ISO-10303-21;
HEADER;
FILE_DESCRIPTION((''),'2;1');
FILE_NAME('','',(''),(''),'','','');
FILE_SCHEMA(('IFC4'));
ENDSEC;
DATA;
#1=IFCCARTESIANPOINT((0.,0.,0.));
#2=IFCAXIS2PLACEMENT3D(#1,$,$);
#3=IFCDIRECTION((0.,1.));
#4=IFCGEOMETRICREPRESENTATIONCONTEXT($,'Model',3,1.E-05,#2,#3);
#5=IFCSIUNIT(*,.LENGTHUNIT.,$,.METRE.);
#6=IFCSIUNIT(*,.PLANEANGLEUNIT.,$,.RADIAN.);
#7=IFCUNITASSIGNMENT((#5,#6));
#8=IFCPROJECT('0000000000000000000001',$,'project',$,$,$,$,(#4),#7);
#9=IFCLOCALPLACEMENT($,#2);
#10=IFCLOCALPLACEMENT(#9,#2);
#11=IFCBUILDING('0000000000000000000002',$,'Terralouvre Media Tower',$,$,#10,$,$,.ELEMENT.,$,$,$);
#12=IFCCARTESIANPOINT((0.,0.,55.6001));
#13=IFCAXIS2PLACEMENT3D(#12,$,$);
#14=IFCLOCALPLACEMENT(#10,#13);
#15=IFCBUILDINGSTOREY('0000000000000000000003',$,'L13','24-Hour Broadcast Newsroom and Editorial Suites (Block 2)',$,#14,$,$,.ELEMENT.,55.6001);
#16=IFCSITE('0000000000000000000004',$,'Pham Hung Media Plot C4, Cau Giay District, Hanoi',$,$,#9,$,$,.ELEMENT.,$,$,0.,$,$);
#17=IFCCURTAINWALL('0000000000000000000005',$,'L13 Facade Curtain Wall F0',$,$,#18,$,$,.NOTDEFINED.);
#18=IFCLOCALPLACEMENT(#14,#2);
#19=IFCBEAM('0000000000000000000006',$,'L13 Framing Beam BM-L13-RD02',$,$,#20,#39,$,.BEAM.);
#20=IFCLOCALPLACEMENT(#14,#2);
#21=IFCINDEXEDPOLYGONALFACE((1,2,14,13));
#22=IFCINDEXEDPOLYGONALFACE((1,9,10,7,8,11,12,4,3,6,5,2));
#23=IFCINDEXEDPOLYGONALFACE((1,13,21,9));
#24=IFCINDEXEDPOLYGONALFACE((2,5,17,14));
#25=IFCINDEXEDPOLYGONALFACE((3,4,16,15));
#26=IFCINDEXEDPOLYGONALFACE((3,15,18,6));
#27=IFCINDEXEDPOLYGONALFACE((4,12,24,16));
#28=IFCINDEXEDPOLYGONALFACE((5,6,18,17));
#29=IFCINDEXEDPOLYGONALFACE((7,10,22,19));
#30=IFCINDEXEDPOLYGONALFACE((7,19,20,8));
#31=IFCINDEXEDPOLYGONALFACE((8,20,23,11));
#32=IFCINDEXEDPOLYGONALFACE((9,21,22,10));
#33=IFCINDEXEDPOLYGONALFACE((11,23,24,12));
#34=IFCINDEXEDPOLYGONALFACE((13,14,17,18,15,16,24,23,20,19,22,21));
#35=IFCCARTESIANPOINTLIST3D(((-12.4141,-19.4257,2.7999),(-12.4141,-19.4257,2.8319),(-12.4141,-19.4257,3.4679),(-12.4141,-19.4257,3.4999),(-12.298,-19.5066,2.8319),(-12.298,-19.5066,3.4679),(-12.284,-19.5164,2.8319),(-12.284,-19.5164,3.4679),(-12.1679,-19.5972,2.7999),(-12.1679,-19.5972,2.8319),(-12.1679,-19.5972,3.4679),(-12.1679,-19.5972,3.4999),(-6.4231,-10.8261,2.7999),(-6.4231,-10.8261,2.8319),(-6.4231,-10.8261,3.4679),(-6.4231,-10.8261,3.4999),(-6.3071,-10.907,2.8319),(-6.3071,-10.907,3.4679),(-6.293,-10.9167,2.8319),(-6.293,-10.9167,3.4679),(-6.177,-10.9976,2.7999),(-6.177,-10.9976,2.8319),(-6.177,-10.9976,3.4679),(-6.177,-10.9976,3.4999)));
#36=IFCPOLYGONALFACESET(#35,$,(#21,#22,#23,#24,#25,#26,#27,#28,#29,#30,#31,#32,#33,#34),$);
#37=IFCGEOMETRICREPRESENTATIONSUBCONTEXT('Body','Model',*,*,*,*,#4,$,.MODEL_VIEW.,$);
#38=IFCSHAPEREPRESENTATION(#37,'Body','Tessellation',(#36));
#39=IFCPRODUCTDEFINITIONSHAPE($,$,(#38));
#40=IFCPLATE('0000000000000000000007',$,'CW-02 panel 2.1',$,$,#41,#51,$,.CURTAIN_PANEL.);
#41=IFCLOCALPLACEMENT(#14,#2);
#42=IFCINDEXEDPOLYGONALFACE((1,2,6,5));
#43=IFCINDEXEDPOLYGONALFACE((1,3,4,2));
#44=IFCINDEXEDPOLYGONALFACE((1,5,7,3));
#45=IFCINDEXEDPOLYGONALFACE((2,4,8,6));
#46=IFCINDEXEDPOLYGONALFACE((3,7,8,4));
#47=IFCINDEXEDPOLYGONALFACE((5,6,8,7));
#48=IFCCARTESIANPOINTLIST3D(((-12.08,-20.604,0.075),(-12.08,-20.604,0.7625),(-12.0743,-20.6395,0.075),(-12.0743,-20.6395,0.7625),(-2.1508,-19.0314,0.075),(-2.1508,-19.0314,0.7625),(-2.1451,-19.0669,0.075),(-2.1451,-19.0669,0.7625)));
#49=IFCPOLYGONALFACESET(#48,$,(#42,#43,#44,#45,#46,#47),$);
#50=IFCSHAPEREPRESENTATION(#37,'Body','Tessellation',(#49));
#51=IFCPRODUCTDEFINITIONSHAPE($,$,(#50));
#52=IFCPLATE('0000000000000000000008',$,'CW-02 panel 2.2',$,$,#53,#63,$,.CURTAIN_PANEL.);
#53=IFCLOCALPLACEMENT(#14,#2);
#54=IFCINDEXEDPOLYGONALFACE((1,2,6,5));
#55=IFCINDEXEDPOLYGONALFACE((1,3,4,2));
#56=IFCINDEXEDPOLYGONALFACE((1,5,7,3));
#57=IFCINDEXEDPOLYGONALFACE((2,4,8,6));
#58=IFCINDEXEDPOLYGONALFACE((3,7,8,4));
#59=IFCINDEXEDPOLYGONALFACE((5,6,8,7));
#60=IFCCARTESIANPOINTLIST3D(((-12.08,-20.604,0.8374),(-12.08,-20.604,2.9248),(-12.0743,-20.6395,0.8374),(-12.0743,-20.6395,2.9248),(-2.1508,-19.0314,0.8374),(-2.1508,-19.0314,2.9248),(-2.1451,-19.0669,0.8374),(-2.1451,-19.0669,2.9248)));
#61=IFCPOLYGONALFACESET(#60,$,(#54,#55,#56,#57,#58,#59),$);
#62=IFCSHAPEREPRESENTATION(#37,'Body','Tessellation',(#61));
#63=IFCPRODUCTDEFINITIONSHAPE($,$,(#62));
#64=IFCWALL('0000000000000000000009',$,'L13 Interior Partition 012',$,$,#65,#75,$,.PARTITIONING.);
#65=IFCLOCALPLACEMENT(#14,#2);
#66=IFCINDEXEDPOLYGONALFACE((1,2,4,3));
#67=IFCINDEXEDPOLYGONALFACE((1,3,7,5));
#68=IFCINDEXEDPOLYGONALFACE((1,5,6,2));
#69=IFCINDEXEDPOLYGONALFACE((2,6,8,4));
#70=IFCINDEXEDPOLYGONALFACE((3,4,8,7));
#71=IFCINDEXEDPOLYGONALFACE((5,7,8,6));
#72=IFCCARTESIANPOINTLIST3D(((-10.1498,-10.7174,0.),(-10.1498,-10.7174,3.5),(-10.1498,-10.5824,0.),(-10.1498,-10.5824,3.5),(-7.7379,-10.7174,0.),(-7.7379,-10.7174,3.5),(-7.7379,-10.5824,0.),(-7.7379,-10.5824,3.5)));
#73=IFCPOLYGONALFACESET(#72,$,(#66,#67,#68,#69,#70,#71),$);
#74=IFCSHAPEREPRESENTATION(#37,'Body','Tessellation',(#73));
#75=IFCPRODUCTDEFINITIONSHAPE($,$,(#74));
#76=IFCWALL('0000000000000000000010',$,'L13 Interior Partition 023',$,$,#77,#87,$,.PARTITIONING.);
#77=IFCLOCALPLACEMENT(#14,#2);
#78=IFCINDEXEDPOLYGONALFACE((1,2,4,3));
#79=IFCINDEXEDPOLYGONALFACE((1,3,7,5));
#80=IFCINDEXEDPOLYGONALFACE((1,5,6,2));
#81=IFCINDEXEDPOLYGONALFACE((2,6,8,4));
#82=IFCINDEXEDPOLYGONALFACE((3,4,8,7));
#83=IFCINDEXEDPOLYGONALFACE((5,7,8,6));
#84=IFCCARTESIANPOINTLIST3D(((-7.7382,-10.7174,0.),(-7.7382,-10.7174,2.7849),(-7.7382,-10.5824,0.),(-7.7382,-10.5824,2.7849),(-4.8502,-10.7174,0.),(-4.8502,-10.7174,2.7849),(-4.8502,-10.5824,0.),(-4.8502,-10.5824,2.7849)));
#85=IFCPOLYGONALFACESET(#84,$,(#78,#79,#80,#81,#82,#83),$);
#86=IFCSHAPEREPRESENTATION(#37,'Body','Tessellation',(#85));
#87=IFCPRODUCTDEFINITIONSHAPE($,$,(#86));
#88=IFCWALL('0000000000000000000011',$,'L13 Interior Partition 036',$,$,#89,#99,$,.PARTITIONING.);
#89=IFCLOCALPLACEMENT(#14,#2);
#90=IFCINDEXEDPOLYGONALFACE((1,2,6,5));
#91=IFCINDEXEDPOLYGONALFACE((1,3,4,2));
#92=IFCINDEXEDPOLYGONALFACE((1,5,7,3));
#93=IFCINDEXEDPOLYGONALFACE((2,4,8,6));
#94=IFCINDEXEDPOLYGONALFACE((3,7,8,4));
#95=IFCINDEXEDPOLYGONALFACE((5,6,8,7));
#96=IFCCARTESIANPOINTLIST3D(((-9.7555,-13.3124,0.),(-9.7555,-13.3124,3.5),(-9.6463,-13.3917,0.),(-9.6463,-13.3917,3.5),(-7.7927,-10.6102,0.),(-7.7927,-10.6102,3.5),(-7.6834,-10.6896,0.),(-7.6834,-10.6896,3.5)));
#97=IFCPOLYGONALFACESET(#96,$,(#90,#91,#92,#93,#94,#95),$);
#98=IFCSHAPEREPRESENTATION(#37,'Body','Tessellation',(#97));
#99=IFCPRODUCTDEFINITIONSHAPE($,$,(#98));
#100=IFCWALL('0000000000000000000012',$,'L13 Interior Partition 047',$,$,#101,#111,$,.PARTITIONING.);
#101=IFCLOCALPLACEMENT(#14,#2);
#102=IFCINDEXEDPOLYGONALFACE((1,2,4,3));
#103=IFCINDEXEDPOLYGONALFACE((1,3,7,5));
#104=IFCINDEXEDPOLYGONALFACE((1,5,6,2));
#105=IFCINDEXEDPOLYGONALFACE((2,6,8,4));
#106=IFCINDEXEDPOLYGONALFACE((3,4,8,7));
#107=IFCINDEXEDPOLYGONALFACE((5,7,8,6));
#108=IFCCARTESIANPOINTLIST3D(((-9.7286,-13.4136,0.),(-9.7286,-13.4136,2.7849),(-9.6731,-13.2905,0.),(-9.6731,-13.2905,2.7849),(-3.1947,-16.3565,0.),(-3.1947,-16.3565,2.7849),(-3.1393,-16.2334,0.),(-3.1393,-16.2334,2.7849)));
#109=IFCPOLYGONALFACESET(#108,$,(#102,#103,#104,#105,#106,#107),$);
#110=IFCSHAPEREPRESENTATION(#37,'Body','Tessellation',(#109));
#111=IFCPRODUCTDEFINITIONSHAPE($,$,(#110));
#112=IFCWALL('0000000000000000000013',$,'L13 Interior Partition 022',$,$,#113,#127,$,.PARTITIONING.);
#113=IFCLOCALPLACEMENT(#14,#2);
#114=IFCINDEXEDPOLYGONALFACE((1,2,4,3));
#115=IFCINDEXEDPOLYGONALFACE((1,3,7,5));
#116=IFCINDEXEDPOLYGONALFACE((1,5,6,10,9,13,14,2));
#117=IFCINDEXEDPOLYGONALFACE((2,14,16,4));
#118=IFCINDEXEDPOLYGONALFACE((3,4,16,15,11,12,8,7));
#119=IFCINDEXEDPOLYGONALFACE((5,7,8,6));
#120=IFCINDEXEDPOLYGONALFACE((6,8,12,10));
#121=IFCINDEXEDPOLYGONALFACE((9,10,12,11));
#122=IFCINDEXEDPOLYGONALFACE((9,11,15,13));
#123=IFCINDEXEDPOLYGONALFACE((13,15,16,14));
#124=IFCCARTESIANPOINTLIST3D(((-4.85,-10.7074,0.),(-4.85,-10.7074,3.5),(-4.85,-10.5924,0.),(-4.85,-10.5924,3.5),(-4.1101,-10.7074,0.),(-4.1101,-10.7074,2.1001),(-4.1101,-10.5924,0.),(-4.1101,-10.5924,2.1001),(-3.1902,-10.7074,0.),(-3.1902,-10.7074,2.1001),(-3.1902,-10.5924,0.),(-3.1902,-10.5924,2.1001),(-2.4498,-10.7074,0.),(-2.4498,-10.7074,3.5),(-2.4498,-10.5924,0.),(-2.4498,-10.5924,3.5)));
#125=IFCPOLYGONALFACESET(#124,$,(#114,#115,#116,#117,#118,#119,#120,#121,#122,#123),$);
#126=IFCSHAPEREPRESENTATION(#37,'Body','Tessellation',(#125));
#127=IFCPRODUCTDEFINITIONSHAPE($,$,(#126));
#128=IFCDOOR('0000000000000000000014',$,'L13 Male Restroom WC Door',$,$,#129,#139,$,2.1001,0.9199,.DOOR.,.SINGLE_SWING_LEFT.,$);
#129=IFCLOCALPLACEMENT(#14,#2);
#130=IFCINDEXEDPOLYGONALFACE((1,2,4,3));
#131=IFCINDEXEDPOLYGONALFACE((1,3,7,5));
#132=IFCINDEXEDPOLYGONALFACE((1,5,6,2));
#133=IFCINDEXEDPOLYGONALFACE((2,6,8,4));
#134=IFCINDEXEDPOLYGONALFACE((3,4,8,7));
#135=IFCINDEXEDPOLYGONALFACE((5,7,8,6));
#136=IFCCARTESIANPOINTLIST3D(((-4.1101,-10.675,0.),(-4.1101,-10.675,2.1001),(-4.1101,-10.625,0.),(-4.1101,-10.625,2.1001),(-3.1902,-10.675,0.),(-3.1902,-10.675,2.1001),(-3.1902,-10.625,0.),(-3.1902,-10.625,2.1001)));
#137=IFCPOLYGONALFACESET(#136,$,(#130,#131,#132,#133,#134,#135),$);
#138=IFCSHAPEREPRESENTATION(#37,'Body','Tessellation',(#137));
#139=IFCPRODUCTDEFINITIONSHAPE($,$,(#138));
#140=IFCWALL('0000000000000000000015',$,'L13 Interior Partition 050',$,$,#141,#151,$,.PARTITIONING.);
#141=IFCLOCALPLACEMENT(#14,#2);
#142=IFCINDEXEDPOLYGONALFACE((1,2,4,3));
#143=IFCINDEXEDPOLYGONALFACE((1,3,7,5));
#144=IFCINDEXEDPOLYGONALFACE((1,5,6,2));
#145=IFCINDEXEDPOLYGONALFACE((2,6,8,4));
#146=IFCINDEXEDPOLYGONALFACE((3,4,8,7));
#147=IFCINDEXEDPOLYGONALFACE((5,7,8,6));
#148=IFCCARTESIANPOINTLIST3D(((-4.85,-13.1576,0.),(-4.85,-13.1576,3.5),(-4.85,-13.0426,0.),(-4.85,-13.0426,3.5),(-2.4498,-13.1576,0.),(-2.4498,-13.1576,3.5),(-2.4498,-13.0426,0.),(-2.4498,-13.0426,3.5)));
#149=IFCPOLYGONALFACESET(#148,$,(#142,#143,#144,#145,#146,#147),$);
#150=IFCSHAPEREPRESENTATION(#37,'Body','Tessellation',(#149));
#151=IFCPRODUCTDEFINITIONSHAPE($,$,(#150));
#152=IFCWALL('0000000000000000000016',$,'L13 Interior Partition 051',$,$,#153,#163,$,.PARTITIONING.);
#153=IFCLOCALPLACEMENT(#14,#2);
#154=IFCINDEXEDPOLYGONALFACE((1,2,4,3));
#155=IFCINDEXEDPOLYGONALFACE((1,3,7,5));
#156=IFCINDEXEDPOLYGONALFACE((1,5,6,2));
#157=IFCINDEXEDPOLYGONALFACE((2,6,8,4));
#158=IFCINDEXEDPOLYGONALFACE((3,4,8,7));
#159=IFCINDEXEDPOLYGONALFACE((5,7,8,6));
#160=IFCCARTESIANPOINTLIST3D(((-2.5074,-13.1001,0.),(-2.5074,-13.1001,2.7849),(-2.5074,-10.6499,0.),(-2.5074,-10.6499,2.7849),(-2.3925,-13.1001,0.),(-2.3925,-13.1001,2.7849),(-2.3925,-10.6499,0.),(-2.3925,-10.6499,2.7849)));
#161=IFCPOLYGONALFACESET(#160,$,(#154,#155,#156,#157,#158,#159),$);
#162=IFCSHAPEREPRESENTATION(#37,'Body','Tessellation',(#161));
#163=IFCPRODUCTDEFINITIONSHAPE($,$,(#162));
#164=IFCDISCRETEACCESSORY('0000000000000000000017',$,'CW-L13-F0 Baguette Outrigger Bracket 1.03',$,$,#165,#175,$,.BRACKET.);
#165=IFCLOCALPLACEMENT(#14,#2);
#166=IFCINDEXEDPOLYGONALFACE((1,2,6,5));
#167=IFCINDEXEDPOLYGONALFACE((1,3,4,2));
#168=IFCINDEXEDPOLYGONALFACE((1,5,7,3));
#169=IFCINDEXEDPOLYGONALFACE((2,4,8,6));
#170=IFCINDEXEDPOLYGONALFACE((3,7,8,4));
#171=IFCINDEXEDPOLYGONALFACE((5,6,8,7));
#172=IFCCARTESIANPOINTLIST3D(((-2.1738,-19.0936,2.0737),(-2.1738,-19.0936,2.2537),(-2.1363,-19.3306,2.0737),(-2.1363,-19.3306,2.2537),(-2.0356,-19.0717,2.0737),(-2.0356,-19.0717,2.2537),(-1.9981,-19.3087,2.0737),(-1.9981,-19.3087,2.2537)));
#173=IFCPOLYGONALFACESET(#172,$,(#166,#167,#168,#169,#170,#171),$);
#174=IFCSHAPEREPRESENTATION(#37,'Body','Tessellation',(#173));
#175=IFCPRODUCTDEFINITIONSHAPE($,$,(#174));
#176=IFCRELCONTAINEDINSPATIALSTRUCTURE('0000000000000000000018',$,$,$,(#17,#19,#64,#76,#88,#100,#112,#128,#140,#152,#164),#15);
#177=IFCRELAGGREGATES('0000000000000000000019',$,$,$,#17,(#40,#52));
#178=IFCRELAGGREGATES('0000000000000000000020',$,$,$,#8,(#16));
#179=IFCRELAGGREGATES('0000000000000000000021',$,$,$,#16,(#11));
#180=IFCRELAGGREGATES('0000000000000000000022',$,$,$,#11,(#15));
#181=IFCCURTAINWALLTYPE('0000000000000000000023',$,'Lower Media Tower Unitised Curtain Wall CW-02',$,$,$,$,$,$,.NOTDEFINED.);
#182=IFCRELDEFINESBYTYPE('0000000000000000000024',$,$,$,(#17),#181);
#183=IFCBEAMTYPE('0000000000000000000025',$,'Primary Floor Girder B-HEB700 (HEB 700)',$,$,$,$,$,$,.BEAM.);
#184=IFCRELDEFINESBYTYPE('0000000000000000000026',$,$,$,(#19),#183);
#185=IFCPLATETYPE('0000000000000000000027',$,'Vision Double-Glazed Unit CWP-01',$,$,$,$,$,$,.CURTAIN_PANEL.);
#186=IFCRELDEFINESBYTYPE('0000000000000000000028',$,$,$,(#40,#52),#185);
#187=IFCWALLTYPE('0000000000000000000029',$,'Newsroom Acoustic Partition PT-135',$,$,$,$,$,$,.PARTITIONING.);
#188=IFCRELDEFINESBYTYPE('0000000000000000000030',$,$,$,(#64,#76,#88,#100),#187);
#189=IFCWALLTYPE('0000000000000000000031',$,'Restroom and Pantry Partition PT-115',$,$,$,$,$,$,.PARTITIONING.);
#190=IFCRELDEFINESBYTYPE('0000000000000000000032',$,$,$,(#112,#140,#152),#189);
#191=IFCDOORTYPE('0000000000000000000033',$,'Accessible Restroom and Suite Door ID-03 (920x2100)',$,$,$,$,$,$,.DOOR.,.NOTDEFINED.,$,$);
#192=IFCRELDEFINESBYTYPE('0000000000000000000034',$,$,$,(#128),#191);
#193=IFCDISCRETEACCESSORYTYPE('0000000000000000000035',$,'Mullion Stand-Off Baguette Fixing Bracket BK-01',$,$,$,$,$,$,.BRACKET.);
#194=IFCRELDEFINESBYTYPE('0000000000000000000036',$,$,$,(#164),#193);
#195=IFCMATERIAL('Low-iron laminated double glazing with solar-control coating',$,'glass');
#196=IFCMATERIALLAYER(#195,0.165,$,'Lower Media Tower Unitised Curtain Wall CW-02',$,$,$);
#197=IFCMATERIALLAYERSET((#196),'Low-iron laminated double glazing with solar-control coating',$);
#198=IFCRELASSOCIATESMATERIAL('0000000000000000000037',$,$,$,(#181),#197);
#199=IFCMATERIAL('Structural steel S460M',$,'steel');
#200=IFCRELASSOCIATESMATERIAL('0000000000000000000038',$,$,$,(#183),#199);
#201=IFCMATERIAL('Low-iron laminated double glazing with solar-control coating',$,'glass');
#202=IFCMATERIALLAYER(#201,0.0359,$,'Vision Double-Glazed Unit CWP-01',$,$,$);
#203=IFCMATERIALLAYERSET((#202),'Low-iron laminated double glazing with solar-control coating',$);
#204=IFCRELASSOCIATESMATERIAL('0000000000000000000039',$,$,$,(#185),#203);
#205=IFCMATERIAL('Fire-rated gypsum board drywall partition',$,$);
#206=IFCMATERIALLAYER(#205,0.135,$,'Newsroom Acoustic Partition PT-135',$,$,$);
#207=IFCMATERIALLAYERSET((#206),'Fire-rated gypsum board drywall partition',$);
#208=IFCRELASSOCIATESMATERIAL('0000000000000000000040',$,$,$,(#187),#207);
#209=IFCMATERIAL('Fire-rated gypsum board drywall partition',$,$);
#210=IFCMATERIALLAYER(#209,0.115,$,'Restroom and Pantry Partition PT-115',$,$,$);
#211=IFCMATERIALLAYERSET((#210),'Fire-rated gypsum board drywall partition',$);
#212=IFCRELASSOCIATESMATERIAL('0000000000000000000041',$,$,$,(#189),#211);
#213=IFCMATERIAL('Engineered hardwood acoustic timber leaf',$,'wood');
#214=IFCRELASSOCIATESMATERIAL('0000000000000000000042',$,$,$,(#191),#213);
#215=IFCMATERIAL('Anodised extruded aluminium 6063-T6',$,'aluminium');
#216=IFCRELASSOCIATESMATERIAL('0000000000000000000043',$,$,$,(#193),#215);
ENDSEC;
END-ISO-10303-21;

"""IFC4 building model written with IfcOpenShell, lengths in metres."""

from ifc_helpers import new_model, si_unit, direction, frame, frame_2d, origin, origin_2d, place, context, subcontext, project, spatial, rectangle, i_section, extrude, material, layer, layer_set, material_profile, profile_set, type_object, element, fill, aggregate, save


model = new_model("IFC4")

# Units and contexts
model_context = context("Model", 3, precision=1e-05, world=origin(), true_north=direction((0.0, 1.0)))
body_context = subcontext(model_context, "Body", "Model", "MODEL_VIEW")
ifc_project = project(units=[si_unit("LENGTHUNIT", "METRE"), si_unit("PLANEANGLEUNIT", "RADIAN")], contexts=[model_context])

# Site, building, storey
site_placement = place(None, origin())
site = spatial("IfcSite", under=ifc_project, at=site_placement, Name="Pham Hung Media Plot C4, Cau Giay District, Hanoi", CompositionType="ELEMENT", RefElevation=0.0)
building_placement = place(site_placement, origin())
building = spatial("IfcBuilding", under=site, at=building_placement, Name="Terralouvre Media Tower", CompositionType="ELEMENT")
storey_placement = place(building_placement, frame((0.0, 0.0, 55.6001)))
storey = spatial("IfcBuildingStorey", under=building, at=storey_placement, Name="L13", Description="24-Hour Broadcast Newsroom and Editorial Suites (Block 2)", CompositionType="ELEMENT", Elevation=55.6001)

# Curtain wall
ifc_material_1 = material(Name="Low-iron laminated double glazing with solar-control coating", Category="glass")
ifc_layer_1 = layer(ifc_material_1, 0.165, Name="Lower Media Tower Unitised Curtain Wall CW-02")
ifc_layer_set_1 = layer_set([ifc_layer_1], Name="Low-iron laminated double glazing with solar-control coating")
curtain_wall_type = type_object("IfcCurtainWallType", Name="Lower Media Tower Unitised Curtain Wall CW-02", PredefinedType="NOTDEFINED", material=ifc_layer_set_1)
curtain_wall_placement = place(storey_placement, origin())
curtain_wall = element("IfcCurtainWall", 1, at=curtain_wall_placement, inside=storey, type_object=curtain_wall_type, Name="L13 Facade Curtain Wall F0", PredefinedType="NOTDEFINED")

# Beam
ifc_material_2 = material(Name="Structural steel S460M", Category="steel")
ifc_material_profile_1 = material_profile(ifc_material_2, i_section(OverallWidth=0.3, OverallDepth=0.7, WebThickness=0.0171, FlangeThickness=0.032, at=origin_2d()), Name="HEB 700")
ifc_profile_set_1 = profile_set([ifc_material_profile_1], Name="Structural steel S460M")
beam_type_1 = type_object("IfcBeamType", Name="Primary Floor Girder B-HEB700 (HEB 700)", PredefinedType="BEAM", material=ifc_profile_set_1)
beam_1_placement = place(storey_placement, frame((-6.3, -10.9119, 3.1499), z_axis=(-0.571619, -0.820519, 0.0), x_axis=(0.820519, -0.571619, 0.0)))
element("IfcBeam", 2, at=beam_1_placement, inside=storey, type_object=beam_type_1, Name="L13 Framing Beam BM-L13-RD02", PredefinedType="BEAM", context=body_context, shape_type="SweptSolid", body=[
    extrude(i_section(OverallWidth=0.3, OverallDepth=0.7, WebThickness=0.0171, FlangeThickness=0.032, at=origin_2d()), origin(), (0.0, 0.0, 1.0), 10.4807),
])

# Plates
ifc_material_3 = material(Name="Low-iron laminated double glazing with solar-control coating", Category="glass")
ifc_layer_2 = layer(ifc_material_3, 0.0359, Name="Vision Double-Glazed Unit CWP-01")
ifc_layer_set_2 = layer_set([ifc_layer_2], Name="Low-iron laminated double glazing with solar-control coating")
plate_type = type_object("IfcPlateType", Name="Vision Double-Glazed Unit CWP-01", PredefinedType="CURTAIN_PANEL", material=ifc_layer_set_2)
plate_1_placement = place(storey_placement, frame((-7.1125, -19.8354, 0.075), z_axis=(0.0, 0.0, 1.0), x_axis=(0.987688, 0.156434, 0.0)))
plate_1 = element("IfcPlate", 3, at=plate_1_placement, type_object=plate_type, Name="CW-02 panel 2.1", PredefinedType="CURTAIN_PANEL", context=body_context, shape_type="SweptSolid", body=[
    extrude(rectangle(XDim=10.053, YDim=0.0359, at=origin_2d()), origin(), (0.0, 0.0, 1.0), 0.6875),
])
plate_2_placement = place(storey_placement, frame((-7.1125, -19.8354, 0.8374), z_axis=(0.0, 0.0, 1.0), x_axis=(0.987688, 0.156434, 0.0)))
plate_2 = element("IfcPlate", 4, at=plate_2_placement, type_object=plate_type, Name="CW-02 panel 2.2", PredefinedType="CURTAIN_PANEL", context=body_context, shape_type="SweptSolid", body=[
    extrude(rectangle(XDim=10.053, YDim=0.0359, at=origin_2d()), origin(), (0.0, 0.0, 1.0), 2.0874),
])
aggregate(curtain_wall, [plate_1, plate_2])

# Walls
ifc_material_4 = material(Name="Fire-rated gypsum board drywall partition")
ifc_layer_3 = layer(ifc_material_4, 0.135, Name="Newsroom Acoustic Partition PT-135")
ifc_layer_set_3 = layer_set([ifc_layer_3], Name="Fire-rated gypsum board drywall partition")
wall_type_1 = type_object("IfcWallType", Name="Newsroom Acoustic Partition PT-135", PredefinedType="PARTITIONING", material=ifc_layer_set_3)
wall_1_placement = place(storey_placement, frame((-10.1499, -10.6499, 0.0), z_axis=(0.0, 0.0, 1.0), x_axis=(1.0, 0.0, 0.0)))
element("IfcWall", 5, at=wall_1_placement, inside=storey, type_object=wall_type_1, Name="L13 Interior Partition 012", PredefinedType="PARTITIONING", context=body_context, shape_type="SweptSolid", body=[
    extrude(rectangle(XDim=2.4119, YDim=0.135, at=frame_2d((1.2061, 0.0))), origin(), (0.0, 0.0, 1.0), 3.5),
])
wall_2_placement = place(storey_placement, frame((-7.738, -10.6499, 0.0), z_axis=(0.0, 0.0, 1.0), x_axis=(1.0, 0.0, 0.0)))
element("IfcWall", 6, at=wall_2_placement, inside=storey, type_object=wall_type_1, Name="L13 Interior Partition 023", PredefinedType="PARTITIONING", context=body_context, shape_type="SweptSolid", body=[
    extrude(rectangle(XDim=2.8879, YDim=0.135, at=frame_2d((1.4438, 0.0))), origin(), (0.0, 0.0, 1.0), 2.7849),
])
wall_3_placement = place(storey_placement, frame((-9.7009, -13.3521, 0.0), z_axis=(0.0, 0.0, 1.0), x_axis=(0.58772, 0.809065, 0.0)))
element("IfcWall", 7, at=wall_3_placement, inside=storey, type_object=wall_type_1, Name="L13 Interior Partition 036", PredefinedType="PARTITIONING", context=body_context, shape_type="SweptSolid", body=[
    extrude(rectangle(XDim=3.3398, YDim=0.135, at=frame_2d((1.6699, 0.0))), origin(), (0.0, 0.0, 1.0), 3.5),
])
wall_4_placement = place(storey_placement, frame((-3.167, -16.2949, 0.0), z_axis=(0.0, 0.0, 1.0), x_axis=(-0.911786, 0.410666, 0.0)))
element("IfcWall", 8, at=wall_4_placement, inside=storey, type_object=wall_type_1, Name="L13 Interior Partition 047", PredefinedType="PARTITIONING", context=body_context, shape_type="SweptSolid", body=[
    extrude(rectangle(XDim=7.166, YDim=0.135, at=frame_2d((3.583, 0.0))), origin(), (0.0, 0.0, 1.0), 2.7849),
])

# Wall, opening, door
ifc_material_5 = material(Name="Fire-rated gypsum board drywall partition")
ifc_layer_4 = layer(ifc_material_5, 0.115, Name="Restroom and Pantry Partition PT-115")
ifc_layer_set_4 = layer_set([ifc_layer_4], Name="Fire-rated gypsum board drywall partition")
wall_type_2 = type_object("IfcWallType", Name="Restroom and Pantry Partition PT-115", PredefinedType="PARTITIONING", material=ifc_layer_set_4)
wall_5_placement = place(storey_placement, frame((-4.8501, -10.6499, 0.0), z_axis=(0.0, 0.0, 1.0), x_axis=(1.0, 0.0, 0.0)))
wall_5 = element("IfcWall", 9, at=wall_5_placement, inside=storey, type_object=wall_type_2, Name="L13 Interior Partition 022", PredefinedType="PARTITIONING", context=body_context, shape_type="SweptSolid", body=[
    extrude(rectangle(XDim=2.4001, YDim=0.115, at=frame_2d((1.2002, 0.0))), origin(), (0.0, 0.0, 1.0), 3.5),
])
opening_placement = place(wall_5_placement, frame((0.74, 0.0, 0.0)))
opening = element("IfcOpeningElement", 10, at=opening_placement, cuts=wall_5, PredefinedType="OPENING", context=body_context, shape_type="SweptSolid", body=[
    extrude(rectangle(XDim=0.9199, YDim=2.1001, at=frame_2d((0.46, 1.05))), frame((0.0, 0.0674, 0.0), z_axis=(0.0, -1.0, 0.0), x_axis=(1.0, 0.0, 0.0)), (0.0, 0.0, 1.0), 0.135),
])
ifc_material_6 = material(Name="Engineered hardwood acoustic timber leaf", Category="wood")
door_type = type_object("IfcDoorType", Name="Accessible Restroom and Suite Door ID-03 (920x2100)", OperationType="NOTDEFINED", PredefinedType="DOOR", material=ifc_material_6)
door_placement = place(opening_placement, origin())
door = element("IfcDoor", 11, at=door_placement, inside=storey, type_object=door_type, Name="L13 Male Restroom WC Door", OperationType="SINGLE_SWING_LEFT", OverallHeight=2.1001, OverallWidth=0.9199, PredefinedType="DOOR", context=body_context, shape_type="SweptSolid", body=[
    extrude(rectangle(XDim=0.9199, YDim=2.1001, at=frame_2d((0.46, 1.05))), frame((0.0, 0.0249, 0.0), z_axis=(0.0, -1.0, 0.0), x_axis=(1.0, 0.0, 0.0)), (0.0, 0.0, 1.0), 0.05),
])
fill(opening, door)

# Walls
wall_6_placement = place(storey_placement, frame((-4.8501, -13.1001, 0.0), z_axis=(0.0, 0.0, 1.0), x_axis=(1.0, 0.0, 0.0)))
element("IfcWall", 12, at=wall_6_placement, inside=storey, type_object=wall_type_2, Name="L13 Interior Partition 050", PredefinedType="PARTITIONING", context=body_context, shape_type="SweptSolid", body=[
    extrude(rectangle(XDim=2.4001, YDim=0.115, at=frame_2d((1.2002, 0.0))), origin(), (0.0, 0.0, 1.0), 3.5),
])
wall_7_placement = place(storey_placement, frame((-2.45, -13.1001, 0.0), z_axis=(0.0, 0.0, 1.0), x_axis=(0.0, 1.0, 0.0)))
element("IfcWall", 13, at=wall_7_placement, inside=storey, type_object=wall_type_2, Name="L13 Interior Partition 051", PredefinedType="PARTITIONING", context=body_context, shape_type="SweptSolid", body=[
    extrude(rectangle(XDim=2.4502, YDim=0.115, at=frame_2d((1.2251, 0.0))), origin(), (0.0, 0.0, 1.0), 2.7849),
])

# Discrete accessory
ifc_material_7 = material(Name="Anodised extruded aluminium 6063-T6", Category="aluminium")
discrete_accessory_type = type_object("IfcDiscreteAccessoryType", Name="Mullion Stand-Off Baguette Fixing Bracket BK-01", PredefinedType="BRACKET", material=ifc_material_7)
discrete_accessory_placement = place(storey_placement, frame((-2.0859, -19.2012, 2.0737), z_axis=(0.0, 0.0, 1.0), x_axis=(0.987688, 0.156434, 0.0)))
element("IfcDiscreteAccessory", 14, at=discrete_accessory_placement, inside=storey, type_object=discrete_accessory_type, Name="CW-L13-F0 Baguette Outrigger Bracket 1.03", PredefinedType="BRACKET", context=body_context, shape_type="SweptSolid", body=[
    extrude(rectangle(XDim=0.1399, YDim=0.24, at=origin_2d()), origin(), (0.0, 0.0, 1.0), 0.1799),
])

save(model, "model.ifc")
